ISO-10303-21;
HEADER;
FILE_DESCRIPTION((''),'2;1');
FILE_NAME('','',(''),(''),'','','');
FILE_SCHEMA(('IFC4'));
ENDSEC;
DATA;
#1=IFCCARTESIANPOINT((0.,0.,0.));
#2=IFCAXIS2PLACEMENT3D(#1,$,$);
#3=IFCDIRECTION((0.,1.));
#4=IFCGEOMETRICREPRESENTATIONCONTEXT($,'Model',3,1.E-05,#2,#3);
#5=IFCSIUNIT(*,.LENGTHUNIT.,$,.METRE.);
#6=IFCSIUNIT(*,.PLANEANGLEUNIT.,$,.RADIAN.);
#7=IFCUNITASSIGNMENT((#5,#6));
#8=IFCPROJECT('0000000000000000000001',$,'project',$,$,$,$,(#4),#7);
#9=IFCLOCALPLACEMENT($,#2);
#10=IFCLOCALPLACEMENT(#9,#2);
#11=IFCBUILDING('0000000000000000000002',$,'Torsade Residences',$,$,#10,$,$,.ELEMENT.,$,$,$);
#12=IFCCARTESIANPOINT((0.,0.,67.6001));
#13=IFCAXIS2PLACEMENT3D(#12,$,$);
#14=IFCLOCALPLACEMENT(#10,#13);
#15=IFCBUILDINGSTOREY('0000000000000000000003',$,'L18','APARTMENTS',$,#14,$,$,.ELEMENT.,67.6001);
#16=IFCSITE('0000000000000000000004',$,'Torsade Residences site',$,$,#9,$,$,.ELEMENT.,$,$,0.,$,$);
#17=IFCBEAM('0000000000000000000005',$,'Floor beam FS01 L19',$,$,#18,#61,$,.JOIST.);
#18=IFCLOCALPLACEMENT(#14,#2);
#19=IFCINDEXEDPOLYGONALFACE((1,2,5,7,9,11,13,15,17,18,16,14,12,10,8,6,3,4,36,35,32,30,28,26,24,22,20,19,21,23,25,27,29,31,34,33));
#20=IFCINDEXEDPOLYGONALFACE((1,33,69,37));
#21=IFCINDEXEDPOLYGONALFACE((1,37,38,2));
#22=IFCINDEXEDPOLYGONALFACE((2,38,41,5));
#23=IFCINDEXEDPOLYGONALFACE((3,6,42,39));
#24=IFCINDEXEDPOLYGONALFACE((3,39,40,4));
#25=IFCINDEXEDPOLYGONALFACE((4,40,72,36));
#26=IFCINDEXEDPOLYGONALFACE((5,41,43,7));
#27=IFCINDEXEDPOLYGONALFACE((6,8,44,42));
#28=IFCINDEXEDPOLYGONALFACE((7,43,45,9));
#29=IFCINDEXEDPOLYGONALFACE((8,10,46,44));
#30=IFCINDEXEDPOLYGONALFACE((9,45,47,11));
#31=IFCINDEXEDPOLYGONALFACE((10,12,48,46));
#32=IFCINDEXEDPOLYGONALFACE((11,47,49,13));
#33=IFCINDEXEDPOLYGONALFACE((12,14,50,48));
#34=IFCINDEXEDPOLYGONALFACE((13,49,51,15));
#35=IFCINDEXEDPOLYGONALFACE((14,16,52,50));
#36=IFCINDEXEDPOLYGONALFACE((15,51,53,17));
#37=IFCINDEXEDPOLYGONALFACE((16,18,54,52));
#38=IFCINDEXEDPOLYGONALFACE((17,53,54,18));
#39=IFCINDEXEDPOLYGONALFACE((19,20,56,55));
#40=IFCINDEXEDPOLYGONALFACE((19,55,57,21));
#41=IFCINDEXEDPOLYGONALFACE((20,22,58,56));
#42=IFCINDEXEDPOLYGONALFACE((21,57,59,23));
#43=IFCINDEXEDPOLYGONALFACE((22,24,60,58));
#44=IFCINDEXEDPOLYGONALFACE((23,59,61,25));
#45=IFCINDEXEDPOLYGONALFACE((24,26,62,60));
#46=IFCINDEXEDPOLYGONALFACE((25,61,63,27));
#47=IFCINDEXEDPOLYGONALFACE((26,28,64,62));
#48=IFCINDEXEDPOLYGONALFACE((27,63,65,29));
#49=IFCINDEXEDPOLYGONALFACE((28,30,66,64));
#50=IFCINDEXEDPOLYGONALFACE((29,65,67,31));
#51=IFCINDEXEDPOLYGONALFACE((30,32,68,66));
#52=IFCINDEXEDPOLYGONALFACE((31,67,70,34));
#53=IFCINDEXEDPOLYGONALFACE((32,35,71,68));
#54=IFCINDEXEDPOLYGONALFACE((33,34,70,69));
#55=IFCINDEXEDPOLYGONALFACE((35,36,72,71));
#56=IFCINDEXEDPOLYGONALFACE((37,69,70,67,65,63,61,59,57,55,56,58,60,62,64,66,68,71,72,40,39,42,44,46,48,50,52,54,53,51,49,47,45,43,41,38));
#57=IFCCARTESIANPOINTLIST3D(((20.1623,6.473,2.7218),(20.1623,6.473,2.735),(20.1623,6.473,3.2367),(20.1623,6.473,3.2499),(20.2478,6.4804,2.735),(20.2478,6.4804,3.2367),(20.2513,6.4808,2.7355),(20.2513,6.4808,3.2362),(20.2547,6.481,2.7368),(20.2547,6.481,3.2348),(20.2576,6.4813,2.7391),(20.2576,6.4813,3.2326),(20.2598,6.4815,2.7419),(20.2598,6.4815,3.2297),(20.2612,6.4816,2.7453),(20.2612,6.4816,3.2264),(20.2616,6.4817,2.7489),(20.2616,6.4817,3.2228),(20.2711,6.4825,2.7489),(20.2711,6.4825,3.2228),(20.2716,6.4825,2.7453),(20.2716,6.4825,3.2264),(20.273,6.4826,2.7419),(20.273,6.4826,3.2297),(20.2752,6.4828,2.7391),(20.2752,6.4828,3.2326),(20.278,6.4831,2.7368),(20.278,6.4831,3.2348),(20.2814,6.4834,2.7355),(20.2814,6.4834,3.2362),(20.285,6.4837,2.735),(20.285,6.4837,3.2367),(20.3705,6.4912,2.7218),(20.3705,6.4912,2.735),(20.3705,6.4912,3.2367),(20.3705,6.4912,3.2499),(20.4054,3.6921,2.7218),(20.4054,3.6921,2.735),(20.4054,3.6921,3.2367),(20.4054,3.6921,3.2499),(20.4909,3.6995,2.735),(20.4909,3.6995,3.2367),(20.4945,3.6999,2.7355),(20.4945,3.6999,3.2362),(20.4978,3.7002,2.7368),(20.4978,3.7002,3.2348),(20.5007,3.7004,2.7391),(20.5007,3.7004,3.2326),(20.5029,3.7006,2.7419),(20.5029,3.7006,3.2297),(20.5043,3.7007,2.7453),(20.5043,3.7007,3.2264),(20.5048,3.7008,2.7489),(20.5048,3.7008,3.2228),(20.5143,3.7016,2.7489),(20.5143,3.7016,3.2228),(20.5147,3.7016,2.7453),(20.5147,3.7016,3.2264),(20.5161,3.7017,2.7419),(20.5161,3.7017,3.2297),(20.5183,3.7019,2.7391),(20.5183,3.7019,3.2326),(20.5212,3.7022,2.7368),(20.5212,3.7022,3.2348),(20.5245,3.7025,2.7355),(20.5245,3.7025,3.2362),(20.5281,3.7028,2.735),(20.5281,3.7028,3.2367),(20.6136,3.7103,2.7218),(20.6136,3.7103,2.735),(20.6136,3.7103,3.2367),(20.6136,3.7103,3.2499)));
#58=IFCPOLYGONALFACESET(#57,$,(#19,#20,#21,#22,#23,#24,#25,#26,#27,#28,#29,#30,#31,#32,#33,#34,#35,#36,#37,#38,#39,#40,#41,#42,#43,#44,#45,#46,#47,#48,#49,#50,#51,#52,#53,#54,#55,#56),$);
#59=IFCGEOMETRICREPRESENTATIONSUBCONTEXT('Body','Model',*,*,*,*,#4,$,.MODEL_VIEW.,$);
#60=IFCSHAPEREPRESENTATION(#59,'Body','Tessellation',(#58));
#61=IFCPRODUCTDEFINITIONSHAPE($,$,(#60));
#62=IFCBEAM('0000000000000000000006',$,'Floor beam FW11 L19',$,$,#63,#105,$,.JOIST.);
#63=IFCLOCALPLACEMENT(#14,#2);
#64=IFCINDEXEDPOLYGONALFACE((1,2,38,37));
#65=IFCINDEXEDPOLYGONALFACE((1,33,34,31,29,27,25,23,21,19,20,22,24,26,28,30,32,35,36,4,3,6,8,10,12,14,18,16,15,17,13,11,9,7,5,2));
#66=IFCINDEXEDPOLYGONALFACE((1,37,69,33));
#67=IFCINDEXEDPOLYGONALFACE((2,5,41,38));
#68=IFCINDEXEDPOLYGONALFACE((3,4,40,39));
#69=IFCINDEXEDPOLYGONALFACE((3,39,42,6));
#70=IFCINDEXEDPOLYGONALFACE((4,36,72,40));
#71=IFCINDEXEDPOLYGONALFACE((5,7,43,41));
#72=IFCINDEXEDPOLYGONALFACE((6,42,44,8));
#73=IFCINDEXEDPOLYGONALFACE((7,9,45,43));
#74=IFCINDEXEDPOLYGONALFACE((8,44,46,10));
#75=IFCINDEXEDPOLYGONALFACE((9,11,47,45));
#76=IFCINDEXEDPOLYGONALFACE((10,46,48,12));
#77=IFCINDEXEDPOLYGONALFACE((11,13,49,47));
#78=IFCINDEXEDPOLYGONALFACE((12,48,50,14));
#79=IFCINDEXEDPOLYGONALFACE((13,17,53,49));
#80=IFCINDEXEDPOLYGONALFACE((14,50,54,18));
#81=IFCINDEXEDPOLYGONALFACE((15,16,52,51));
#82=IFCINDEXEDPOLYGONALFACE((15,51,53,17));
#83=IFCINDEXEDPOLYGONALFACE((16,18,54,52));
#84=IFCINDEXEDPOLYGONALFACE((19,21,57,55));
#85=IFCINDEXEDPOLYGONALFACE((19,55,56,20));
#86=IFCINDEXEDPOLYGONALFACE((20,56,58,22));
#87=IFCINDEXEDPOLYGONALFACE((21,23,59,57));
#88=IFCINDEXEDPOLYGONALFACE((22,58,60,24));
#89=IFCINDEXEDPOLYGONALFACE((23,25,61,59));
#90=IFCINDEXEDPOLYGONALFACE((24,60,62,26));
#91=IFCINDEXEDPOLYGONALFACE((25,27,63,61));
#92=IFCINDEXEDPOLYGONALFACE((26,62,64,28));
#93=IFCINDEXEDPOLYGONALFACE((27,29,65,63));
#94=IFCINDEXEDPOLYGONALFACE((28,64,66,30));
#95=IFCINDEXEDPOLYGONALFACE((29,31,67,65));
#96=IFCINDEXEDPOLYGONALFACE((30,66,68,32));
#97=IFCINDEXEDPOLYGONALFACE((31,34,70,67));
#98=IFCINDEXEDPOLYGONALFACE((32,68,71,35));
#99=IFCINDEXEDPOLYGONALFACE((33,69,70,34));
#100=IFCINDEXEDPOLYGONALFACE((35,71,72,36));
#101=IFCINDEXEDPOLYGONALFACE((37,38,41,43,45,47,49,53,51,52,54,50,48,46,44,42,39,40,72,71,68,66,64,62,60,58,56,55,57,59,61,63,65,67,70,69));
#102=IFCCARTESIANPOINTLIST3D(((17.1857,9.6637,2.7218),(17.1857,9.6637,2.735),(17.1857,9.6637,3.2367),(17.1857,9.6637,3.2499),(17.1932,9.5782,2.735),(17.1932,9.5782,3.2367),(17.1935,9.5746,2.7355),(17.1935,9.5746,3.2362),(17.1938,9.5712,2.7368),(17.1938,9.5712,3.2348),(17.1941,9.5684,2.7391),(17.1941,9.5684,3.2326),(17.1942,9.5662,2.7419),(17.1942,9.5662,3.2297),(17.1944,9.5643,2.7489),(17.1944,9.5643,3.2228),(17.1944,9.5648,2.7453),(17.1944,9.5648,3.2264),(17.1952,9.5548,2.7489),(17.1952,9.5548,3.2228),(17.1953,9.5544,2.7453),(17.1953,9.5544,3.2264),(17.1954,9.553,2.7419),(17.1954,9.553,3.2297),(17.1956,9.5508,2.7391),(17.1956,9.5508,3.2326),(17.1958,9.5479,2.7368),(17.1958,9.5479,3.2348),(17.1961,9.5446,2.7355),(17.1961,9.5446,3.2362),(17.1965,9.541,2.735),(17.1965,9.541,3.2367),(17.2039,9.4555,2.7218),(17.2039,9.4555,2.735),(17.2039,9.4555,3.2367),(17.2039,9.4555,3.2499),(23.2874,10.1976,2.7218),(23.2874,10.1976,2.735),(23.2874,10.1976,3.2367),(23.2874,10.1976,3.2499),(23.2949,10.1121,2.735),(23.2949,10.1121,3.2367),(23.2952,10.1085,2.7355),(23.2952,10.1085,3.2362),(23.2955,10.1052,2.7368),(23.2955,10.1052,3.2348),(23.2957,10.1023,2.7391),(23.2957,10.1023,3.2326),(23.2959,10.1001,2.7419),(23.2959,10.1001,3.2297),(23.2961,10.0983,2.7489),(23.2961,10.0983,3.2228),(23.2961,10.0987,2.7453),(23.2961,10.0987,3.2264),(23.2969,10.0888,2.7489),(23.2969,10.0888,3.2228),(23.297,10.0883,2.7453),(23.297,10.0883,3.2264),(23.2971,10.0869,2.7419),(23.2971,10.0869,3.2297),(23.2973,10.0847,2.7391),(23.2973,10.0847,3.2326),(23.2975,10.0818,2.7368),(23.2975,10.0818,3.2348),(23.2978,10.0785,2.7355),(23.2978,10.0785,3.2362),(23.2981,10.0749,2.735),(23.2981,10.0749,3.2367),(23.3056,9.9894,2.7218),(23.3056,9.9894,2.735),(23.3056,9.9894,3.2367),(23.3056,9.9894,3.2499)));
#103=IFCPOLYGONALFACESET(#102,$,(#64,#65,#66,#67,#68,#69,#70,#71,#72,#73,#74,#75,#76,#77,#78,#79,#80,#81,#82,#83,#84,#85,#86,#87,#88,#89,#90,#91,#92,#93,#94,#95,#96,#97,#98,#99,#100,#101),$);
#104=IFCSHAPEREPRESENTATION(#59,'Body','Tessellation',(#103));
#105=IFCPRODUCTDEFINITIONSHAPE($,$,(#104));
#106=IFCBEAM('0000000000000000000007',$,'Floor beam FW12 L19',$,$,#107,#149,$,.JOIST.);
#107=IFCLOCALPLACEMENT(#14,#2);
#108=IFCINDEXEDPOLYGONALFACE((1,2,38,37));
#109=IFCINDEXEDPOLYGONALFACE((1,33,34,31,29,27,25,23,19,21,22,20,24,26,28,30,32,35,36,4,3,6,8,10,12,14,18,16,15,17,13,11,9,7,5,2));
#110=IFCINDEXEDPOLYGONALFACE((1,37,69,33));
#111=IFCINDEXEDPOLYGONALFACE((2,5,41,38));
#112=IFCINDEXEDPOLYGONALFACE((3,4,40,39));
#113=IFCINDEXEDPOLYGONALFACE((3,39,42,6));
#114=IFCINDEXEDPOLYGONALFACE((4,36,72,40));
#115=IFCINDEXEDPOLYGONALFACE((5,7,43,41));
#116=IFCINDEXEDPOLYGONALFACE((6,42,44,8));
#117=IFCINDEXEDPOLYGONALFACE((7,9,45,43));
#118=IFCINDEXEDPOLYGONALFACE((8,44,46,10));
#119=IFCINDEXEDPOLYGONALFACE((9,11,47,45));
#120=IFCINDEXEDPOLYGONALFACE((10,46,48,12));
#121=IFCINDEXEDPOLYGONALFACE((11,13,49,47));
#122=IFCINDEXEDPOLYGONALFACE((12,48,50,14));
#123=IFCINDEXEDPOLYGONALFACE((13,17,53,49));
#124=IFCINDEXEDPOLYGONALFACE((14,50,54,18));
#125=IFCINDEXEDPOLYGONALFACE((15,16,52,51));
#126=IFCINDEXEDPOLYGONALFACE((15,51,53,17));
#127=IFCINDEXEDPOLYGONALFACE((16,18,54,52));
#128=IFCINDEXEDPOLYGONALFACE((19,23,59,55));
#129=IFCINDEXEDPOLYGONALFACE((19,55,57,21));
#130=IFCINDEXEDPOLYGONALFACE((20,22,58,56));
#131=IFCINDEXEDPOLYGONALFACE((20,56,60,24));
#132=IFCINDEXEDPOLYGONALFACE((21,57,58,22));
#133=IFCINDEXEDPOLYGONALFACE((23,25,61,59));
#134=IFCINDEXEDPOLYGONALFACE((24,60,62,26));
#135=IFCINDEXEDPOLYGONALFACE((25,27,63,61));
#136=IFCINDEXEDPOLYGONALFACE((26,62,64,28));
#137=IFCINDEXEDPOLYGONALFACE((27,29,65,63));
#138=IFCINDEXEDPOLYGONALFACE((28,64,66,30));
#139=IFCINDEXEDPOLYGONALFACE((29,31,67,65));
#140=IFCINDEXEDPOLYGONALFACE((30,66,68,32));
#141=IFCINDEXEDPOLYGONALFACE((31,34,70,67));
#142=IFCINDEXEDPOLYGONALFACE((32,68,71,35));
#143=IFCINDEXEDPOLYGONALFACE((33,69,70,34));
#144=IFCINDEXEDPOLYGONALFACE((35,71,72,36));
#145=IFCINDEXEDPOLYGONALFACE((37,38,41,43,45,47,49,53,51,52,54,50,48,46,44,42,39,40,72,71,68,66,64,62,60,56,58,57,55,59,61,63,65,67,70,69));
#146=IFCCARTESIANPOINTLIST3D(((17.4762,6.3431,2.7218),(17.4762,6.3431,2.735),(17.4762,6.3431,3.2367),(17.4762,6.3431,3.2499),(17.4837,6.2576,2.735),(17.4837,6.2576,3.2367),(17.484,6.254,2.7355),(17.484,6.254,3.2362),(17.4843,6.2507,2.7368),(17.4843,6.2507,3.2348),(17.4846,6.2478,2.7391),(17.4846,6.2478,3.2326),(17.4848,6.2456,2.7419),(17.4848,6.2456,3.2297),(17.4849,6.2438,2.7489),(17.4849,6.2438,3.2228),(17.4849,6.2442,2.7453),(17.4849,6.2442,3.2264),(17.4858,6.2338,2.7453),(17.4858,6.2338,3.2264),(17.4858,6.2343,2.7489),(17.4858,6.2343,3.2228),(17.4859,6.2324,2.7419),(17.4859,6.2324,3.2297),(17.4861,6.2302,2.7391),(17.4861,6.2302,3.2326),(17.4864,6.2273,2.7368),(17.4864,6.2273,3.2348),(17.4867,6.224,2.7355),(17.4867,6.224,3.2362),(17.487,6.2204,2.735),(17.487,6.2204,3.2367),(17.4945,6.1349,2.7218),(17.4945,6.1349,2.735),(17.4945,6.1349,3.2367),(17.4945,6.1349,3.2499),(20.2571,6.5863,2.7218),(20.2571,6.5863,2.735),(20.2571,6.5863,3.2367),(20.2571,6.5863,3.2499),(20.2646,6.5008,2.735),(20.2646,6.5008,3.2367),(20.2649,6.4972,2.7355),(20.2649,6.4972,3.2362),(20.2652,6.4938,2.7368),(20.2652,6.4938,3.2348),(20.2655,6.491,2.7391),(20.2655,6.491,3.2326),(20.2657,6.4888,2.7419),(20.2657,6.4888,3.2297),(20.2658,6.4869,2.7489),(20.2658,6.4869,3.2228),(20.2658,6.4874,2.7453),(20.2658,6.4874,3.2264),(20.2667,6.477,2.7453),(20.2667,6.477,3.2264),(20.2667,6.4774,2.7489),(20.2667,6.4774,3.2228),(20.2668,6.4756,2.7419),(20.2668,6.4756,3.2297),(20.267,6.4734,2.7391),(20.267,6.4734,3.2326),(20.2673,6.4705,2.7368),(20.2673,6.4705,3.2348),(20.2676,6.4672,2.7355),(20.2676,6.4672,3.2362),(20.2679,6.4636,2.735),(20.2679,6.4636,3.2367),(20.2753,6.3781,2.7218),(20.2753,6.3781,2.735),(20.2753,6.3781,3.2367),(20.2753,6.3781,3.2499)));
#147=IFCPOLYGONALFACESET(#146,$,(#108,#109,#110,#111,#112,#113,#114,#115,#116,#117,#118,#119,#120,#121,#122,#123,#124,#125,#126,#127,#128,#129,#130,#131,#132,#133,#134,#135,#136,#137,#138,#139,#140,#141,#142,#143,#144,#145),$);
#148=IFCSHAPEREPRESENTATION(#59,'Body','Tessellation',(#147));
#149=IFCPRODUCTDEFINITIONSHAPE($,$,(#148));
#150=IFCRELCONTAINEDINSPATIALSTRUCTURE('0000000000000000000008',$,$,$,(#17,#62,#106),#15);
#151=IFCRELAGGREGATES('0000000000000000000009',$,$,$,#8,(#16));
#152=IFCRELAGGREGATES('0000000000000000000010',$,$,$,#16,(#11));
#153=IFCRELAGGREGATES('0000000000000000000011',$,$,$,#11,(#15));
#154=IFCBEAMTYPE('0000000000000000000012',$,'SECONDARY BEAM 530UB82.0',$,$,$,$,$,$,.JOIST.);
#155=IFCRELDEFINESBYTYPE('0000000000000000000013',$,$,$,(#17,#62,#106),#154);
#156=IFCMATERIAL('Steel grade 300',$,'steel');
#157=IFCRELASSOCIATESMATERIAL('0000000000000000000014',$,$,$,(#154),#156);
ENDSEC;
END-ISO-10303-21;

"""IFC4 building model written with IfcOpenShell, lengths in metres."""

from ifc_helpers import new_model, si_unit, direction, frame, origin, origin_2d, place, context, subcontext, project, spatial, i_section, extrude, material, material_profile, profile_set, type_object, element, save


model = new_model("IFC4")

# Units and contexts
model_context = context("Model", 3, precision=1e-05, world=origin(), true_north=direction((0.0, 1.0)))
body_context = subcontext(model_context, "Body", "Model", "MODEL_VIEW")
ifc_project = project(units=[si_unit("LENGTHUNIT", "METRE"), si_unit("PLANEANGLEUNIT", "RADIAN")], contexts=[model_context])

# Site, building, storey
site_placement = place(None, origin())
site = spatial("IfcSite", under=ifc_project, at=site_placement, Name="Torsade Residences site", CompositionType="ELEMENT", RefElevation=0.0)
building_placement = place(site_placement, origin())
building = spatial("IfcBuilding", under=site, at=building_placement, Name="Torsade Residences", CompositionType="ELEMENT")
storey_placement = place(building_placement, frame((0.0, 0.0, 67.6001)))
storey = spatial("IfcBuildingStorey", under=building, at=storey_placement, Name="L18", Description="APARTMENTS", CompositionType="ELEMENT", Elevation=67.6001)

# Beams
ifc_material_1 = material(Name="Steel grade 300", Category="steel")
ifc_material_profile_1 = material_profile(ifc_material_1, i_section(OverallWidth=0.209, OverallDepth=0.5281, WebThickness=0.0095, FlangeThickness=0.0132, FilletRadius=0.0139, at=origin_2d()), Name="530UB82.0")
ifc_profile_set_1 = profile_set([ifc_material_profile_1], Name="Steel grade 300")
beam_type_1 = type_object("IfcBeamType", Name="SECONDARY BEAM 530UB82.0", PredefinedType="JOIST", material=ifc_profile_set_1)
beam_1_placement = place(storey_placement, frame((20.5095, 3.7012, 2.9858), z_axis=(-0.087105, 0.996199, 0.0), x_axis=(-0.996199, -0.087105, 0.0)))
element("IfcBeam", 1, at=beam_1_placement, inside=storey, type_object=beam_type_1, Name="Floor beam FS01 L19", PredefinedType="JOIST", context=body_context, shape_type="SweptSolid", body=[
    extrude(i_section(OverallWidth=0.209, OverallDepth=0.5281, WebThickness=0.0095, FlangeThickness=0.0132, FilletRadius=0.0139, at=origin_2d()), origin(), (0.0, 0.0, 1.0), 2.7915),
])
beam_2_placement = place(storey_placement, frame((17.1948, 9.5596, 2.9858), z_axis=(0.996193, 0.087175, 0.0), x_axis=(-0.087175, 0.996193, 0.0)))
element("IfcBeam", 2, at=beam_2_placement, inside=storey, type_object=beam_type_1, Name="Floor beam FW11 L19", PredefinedType="JOIST", context=body_context, shape_type="SweptSolid", body=[
    extrude(i_section(OverallWidth=0.209, OverallDepth=0.5281, WebThickness=0.0095, FlangeThickness=0.0132, FilletRadius=0.0139, at=origin_2d()), origin(), (0.0, 0.0, 1.0), 6.125),
])
beam_3_placement = place(storey_placement, frame((17.4854, 6.239, 2.9858), z_axis=(0.996199, 0.087105, 0.0), x_axis=(-0.087105, 0.996199, 0.0)))
element("IfcBeam", 3, at=beam_3_placement, inside=storey, type_object=beam_type_1, Name="Floor beam FW12 L19", PredefinedType="JOIST", context=body_context, shape_type="SweptSolid", body=[
    extrude(i_section(OverallWidth=0.209, OverallDepth=0.5281, WebThickness=0.0095, FlangeThickness=0.0132, FilletRadius=0.0139, at=origin_2d()), origin(), (0.0, 0.0, 1.0), 2.7915),
])

save(model, "model.ifc")
